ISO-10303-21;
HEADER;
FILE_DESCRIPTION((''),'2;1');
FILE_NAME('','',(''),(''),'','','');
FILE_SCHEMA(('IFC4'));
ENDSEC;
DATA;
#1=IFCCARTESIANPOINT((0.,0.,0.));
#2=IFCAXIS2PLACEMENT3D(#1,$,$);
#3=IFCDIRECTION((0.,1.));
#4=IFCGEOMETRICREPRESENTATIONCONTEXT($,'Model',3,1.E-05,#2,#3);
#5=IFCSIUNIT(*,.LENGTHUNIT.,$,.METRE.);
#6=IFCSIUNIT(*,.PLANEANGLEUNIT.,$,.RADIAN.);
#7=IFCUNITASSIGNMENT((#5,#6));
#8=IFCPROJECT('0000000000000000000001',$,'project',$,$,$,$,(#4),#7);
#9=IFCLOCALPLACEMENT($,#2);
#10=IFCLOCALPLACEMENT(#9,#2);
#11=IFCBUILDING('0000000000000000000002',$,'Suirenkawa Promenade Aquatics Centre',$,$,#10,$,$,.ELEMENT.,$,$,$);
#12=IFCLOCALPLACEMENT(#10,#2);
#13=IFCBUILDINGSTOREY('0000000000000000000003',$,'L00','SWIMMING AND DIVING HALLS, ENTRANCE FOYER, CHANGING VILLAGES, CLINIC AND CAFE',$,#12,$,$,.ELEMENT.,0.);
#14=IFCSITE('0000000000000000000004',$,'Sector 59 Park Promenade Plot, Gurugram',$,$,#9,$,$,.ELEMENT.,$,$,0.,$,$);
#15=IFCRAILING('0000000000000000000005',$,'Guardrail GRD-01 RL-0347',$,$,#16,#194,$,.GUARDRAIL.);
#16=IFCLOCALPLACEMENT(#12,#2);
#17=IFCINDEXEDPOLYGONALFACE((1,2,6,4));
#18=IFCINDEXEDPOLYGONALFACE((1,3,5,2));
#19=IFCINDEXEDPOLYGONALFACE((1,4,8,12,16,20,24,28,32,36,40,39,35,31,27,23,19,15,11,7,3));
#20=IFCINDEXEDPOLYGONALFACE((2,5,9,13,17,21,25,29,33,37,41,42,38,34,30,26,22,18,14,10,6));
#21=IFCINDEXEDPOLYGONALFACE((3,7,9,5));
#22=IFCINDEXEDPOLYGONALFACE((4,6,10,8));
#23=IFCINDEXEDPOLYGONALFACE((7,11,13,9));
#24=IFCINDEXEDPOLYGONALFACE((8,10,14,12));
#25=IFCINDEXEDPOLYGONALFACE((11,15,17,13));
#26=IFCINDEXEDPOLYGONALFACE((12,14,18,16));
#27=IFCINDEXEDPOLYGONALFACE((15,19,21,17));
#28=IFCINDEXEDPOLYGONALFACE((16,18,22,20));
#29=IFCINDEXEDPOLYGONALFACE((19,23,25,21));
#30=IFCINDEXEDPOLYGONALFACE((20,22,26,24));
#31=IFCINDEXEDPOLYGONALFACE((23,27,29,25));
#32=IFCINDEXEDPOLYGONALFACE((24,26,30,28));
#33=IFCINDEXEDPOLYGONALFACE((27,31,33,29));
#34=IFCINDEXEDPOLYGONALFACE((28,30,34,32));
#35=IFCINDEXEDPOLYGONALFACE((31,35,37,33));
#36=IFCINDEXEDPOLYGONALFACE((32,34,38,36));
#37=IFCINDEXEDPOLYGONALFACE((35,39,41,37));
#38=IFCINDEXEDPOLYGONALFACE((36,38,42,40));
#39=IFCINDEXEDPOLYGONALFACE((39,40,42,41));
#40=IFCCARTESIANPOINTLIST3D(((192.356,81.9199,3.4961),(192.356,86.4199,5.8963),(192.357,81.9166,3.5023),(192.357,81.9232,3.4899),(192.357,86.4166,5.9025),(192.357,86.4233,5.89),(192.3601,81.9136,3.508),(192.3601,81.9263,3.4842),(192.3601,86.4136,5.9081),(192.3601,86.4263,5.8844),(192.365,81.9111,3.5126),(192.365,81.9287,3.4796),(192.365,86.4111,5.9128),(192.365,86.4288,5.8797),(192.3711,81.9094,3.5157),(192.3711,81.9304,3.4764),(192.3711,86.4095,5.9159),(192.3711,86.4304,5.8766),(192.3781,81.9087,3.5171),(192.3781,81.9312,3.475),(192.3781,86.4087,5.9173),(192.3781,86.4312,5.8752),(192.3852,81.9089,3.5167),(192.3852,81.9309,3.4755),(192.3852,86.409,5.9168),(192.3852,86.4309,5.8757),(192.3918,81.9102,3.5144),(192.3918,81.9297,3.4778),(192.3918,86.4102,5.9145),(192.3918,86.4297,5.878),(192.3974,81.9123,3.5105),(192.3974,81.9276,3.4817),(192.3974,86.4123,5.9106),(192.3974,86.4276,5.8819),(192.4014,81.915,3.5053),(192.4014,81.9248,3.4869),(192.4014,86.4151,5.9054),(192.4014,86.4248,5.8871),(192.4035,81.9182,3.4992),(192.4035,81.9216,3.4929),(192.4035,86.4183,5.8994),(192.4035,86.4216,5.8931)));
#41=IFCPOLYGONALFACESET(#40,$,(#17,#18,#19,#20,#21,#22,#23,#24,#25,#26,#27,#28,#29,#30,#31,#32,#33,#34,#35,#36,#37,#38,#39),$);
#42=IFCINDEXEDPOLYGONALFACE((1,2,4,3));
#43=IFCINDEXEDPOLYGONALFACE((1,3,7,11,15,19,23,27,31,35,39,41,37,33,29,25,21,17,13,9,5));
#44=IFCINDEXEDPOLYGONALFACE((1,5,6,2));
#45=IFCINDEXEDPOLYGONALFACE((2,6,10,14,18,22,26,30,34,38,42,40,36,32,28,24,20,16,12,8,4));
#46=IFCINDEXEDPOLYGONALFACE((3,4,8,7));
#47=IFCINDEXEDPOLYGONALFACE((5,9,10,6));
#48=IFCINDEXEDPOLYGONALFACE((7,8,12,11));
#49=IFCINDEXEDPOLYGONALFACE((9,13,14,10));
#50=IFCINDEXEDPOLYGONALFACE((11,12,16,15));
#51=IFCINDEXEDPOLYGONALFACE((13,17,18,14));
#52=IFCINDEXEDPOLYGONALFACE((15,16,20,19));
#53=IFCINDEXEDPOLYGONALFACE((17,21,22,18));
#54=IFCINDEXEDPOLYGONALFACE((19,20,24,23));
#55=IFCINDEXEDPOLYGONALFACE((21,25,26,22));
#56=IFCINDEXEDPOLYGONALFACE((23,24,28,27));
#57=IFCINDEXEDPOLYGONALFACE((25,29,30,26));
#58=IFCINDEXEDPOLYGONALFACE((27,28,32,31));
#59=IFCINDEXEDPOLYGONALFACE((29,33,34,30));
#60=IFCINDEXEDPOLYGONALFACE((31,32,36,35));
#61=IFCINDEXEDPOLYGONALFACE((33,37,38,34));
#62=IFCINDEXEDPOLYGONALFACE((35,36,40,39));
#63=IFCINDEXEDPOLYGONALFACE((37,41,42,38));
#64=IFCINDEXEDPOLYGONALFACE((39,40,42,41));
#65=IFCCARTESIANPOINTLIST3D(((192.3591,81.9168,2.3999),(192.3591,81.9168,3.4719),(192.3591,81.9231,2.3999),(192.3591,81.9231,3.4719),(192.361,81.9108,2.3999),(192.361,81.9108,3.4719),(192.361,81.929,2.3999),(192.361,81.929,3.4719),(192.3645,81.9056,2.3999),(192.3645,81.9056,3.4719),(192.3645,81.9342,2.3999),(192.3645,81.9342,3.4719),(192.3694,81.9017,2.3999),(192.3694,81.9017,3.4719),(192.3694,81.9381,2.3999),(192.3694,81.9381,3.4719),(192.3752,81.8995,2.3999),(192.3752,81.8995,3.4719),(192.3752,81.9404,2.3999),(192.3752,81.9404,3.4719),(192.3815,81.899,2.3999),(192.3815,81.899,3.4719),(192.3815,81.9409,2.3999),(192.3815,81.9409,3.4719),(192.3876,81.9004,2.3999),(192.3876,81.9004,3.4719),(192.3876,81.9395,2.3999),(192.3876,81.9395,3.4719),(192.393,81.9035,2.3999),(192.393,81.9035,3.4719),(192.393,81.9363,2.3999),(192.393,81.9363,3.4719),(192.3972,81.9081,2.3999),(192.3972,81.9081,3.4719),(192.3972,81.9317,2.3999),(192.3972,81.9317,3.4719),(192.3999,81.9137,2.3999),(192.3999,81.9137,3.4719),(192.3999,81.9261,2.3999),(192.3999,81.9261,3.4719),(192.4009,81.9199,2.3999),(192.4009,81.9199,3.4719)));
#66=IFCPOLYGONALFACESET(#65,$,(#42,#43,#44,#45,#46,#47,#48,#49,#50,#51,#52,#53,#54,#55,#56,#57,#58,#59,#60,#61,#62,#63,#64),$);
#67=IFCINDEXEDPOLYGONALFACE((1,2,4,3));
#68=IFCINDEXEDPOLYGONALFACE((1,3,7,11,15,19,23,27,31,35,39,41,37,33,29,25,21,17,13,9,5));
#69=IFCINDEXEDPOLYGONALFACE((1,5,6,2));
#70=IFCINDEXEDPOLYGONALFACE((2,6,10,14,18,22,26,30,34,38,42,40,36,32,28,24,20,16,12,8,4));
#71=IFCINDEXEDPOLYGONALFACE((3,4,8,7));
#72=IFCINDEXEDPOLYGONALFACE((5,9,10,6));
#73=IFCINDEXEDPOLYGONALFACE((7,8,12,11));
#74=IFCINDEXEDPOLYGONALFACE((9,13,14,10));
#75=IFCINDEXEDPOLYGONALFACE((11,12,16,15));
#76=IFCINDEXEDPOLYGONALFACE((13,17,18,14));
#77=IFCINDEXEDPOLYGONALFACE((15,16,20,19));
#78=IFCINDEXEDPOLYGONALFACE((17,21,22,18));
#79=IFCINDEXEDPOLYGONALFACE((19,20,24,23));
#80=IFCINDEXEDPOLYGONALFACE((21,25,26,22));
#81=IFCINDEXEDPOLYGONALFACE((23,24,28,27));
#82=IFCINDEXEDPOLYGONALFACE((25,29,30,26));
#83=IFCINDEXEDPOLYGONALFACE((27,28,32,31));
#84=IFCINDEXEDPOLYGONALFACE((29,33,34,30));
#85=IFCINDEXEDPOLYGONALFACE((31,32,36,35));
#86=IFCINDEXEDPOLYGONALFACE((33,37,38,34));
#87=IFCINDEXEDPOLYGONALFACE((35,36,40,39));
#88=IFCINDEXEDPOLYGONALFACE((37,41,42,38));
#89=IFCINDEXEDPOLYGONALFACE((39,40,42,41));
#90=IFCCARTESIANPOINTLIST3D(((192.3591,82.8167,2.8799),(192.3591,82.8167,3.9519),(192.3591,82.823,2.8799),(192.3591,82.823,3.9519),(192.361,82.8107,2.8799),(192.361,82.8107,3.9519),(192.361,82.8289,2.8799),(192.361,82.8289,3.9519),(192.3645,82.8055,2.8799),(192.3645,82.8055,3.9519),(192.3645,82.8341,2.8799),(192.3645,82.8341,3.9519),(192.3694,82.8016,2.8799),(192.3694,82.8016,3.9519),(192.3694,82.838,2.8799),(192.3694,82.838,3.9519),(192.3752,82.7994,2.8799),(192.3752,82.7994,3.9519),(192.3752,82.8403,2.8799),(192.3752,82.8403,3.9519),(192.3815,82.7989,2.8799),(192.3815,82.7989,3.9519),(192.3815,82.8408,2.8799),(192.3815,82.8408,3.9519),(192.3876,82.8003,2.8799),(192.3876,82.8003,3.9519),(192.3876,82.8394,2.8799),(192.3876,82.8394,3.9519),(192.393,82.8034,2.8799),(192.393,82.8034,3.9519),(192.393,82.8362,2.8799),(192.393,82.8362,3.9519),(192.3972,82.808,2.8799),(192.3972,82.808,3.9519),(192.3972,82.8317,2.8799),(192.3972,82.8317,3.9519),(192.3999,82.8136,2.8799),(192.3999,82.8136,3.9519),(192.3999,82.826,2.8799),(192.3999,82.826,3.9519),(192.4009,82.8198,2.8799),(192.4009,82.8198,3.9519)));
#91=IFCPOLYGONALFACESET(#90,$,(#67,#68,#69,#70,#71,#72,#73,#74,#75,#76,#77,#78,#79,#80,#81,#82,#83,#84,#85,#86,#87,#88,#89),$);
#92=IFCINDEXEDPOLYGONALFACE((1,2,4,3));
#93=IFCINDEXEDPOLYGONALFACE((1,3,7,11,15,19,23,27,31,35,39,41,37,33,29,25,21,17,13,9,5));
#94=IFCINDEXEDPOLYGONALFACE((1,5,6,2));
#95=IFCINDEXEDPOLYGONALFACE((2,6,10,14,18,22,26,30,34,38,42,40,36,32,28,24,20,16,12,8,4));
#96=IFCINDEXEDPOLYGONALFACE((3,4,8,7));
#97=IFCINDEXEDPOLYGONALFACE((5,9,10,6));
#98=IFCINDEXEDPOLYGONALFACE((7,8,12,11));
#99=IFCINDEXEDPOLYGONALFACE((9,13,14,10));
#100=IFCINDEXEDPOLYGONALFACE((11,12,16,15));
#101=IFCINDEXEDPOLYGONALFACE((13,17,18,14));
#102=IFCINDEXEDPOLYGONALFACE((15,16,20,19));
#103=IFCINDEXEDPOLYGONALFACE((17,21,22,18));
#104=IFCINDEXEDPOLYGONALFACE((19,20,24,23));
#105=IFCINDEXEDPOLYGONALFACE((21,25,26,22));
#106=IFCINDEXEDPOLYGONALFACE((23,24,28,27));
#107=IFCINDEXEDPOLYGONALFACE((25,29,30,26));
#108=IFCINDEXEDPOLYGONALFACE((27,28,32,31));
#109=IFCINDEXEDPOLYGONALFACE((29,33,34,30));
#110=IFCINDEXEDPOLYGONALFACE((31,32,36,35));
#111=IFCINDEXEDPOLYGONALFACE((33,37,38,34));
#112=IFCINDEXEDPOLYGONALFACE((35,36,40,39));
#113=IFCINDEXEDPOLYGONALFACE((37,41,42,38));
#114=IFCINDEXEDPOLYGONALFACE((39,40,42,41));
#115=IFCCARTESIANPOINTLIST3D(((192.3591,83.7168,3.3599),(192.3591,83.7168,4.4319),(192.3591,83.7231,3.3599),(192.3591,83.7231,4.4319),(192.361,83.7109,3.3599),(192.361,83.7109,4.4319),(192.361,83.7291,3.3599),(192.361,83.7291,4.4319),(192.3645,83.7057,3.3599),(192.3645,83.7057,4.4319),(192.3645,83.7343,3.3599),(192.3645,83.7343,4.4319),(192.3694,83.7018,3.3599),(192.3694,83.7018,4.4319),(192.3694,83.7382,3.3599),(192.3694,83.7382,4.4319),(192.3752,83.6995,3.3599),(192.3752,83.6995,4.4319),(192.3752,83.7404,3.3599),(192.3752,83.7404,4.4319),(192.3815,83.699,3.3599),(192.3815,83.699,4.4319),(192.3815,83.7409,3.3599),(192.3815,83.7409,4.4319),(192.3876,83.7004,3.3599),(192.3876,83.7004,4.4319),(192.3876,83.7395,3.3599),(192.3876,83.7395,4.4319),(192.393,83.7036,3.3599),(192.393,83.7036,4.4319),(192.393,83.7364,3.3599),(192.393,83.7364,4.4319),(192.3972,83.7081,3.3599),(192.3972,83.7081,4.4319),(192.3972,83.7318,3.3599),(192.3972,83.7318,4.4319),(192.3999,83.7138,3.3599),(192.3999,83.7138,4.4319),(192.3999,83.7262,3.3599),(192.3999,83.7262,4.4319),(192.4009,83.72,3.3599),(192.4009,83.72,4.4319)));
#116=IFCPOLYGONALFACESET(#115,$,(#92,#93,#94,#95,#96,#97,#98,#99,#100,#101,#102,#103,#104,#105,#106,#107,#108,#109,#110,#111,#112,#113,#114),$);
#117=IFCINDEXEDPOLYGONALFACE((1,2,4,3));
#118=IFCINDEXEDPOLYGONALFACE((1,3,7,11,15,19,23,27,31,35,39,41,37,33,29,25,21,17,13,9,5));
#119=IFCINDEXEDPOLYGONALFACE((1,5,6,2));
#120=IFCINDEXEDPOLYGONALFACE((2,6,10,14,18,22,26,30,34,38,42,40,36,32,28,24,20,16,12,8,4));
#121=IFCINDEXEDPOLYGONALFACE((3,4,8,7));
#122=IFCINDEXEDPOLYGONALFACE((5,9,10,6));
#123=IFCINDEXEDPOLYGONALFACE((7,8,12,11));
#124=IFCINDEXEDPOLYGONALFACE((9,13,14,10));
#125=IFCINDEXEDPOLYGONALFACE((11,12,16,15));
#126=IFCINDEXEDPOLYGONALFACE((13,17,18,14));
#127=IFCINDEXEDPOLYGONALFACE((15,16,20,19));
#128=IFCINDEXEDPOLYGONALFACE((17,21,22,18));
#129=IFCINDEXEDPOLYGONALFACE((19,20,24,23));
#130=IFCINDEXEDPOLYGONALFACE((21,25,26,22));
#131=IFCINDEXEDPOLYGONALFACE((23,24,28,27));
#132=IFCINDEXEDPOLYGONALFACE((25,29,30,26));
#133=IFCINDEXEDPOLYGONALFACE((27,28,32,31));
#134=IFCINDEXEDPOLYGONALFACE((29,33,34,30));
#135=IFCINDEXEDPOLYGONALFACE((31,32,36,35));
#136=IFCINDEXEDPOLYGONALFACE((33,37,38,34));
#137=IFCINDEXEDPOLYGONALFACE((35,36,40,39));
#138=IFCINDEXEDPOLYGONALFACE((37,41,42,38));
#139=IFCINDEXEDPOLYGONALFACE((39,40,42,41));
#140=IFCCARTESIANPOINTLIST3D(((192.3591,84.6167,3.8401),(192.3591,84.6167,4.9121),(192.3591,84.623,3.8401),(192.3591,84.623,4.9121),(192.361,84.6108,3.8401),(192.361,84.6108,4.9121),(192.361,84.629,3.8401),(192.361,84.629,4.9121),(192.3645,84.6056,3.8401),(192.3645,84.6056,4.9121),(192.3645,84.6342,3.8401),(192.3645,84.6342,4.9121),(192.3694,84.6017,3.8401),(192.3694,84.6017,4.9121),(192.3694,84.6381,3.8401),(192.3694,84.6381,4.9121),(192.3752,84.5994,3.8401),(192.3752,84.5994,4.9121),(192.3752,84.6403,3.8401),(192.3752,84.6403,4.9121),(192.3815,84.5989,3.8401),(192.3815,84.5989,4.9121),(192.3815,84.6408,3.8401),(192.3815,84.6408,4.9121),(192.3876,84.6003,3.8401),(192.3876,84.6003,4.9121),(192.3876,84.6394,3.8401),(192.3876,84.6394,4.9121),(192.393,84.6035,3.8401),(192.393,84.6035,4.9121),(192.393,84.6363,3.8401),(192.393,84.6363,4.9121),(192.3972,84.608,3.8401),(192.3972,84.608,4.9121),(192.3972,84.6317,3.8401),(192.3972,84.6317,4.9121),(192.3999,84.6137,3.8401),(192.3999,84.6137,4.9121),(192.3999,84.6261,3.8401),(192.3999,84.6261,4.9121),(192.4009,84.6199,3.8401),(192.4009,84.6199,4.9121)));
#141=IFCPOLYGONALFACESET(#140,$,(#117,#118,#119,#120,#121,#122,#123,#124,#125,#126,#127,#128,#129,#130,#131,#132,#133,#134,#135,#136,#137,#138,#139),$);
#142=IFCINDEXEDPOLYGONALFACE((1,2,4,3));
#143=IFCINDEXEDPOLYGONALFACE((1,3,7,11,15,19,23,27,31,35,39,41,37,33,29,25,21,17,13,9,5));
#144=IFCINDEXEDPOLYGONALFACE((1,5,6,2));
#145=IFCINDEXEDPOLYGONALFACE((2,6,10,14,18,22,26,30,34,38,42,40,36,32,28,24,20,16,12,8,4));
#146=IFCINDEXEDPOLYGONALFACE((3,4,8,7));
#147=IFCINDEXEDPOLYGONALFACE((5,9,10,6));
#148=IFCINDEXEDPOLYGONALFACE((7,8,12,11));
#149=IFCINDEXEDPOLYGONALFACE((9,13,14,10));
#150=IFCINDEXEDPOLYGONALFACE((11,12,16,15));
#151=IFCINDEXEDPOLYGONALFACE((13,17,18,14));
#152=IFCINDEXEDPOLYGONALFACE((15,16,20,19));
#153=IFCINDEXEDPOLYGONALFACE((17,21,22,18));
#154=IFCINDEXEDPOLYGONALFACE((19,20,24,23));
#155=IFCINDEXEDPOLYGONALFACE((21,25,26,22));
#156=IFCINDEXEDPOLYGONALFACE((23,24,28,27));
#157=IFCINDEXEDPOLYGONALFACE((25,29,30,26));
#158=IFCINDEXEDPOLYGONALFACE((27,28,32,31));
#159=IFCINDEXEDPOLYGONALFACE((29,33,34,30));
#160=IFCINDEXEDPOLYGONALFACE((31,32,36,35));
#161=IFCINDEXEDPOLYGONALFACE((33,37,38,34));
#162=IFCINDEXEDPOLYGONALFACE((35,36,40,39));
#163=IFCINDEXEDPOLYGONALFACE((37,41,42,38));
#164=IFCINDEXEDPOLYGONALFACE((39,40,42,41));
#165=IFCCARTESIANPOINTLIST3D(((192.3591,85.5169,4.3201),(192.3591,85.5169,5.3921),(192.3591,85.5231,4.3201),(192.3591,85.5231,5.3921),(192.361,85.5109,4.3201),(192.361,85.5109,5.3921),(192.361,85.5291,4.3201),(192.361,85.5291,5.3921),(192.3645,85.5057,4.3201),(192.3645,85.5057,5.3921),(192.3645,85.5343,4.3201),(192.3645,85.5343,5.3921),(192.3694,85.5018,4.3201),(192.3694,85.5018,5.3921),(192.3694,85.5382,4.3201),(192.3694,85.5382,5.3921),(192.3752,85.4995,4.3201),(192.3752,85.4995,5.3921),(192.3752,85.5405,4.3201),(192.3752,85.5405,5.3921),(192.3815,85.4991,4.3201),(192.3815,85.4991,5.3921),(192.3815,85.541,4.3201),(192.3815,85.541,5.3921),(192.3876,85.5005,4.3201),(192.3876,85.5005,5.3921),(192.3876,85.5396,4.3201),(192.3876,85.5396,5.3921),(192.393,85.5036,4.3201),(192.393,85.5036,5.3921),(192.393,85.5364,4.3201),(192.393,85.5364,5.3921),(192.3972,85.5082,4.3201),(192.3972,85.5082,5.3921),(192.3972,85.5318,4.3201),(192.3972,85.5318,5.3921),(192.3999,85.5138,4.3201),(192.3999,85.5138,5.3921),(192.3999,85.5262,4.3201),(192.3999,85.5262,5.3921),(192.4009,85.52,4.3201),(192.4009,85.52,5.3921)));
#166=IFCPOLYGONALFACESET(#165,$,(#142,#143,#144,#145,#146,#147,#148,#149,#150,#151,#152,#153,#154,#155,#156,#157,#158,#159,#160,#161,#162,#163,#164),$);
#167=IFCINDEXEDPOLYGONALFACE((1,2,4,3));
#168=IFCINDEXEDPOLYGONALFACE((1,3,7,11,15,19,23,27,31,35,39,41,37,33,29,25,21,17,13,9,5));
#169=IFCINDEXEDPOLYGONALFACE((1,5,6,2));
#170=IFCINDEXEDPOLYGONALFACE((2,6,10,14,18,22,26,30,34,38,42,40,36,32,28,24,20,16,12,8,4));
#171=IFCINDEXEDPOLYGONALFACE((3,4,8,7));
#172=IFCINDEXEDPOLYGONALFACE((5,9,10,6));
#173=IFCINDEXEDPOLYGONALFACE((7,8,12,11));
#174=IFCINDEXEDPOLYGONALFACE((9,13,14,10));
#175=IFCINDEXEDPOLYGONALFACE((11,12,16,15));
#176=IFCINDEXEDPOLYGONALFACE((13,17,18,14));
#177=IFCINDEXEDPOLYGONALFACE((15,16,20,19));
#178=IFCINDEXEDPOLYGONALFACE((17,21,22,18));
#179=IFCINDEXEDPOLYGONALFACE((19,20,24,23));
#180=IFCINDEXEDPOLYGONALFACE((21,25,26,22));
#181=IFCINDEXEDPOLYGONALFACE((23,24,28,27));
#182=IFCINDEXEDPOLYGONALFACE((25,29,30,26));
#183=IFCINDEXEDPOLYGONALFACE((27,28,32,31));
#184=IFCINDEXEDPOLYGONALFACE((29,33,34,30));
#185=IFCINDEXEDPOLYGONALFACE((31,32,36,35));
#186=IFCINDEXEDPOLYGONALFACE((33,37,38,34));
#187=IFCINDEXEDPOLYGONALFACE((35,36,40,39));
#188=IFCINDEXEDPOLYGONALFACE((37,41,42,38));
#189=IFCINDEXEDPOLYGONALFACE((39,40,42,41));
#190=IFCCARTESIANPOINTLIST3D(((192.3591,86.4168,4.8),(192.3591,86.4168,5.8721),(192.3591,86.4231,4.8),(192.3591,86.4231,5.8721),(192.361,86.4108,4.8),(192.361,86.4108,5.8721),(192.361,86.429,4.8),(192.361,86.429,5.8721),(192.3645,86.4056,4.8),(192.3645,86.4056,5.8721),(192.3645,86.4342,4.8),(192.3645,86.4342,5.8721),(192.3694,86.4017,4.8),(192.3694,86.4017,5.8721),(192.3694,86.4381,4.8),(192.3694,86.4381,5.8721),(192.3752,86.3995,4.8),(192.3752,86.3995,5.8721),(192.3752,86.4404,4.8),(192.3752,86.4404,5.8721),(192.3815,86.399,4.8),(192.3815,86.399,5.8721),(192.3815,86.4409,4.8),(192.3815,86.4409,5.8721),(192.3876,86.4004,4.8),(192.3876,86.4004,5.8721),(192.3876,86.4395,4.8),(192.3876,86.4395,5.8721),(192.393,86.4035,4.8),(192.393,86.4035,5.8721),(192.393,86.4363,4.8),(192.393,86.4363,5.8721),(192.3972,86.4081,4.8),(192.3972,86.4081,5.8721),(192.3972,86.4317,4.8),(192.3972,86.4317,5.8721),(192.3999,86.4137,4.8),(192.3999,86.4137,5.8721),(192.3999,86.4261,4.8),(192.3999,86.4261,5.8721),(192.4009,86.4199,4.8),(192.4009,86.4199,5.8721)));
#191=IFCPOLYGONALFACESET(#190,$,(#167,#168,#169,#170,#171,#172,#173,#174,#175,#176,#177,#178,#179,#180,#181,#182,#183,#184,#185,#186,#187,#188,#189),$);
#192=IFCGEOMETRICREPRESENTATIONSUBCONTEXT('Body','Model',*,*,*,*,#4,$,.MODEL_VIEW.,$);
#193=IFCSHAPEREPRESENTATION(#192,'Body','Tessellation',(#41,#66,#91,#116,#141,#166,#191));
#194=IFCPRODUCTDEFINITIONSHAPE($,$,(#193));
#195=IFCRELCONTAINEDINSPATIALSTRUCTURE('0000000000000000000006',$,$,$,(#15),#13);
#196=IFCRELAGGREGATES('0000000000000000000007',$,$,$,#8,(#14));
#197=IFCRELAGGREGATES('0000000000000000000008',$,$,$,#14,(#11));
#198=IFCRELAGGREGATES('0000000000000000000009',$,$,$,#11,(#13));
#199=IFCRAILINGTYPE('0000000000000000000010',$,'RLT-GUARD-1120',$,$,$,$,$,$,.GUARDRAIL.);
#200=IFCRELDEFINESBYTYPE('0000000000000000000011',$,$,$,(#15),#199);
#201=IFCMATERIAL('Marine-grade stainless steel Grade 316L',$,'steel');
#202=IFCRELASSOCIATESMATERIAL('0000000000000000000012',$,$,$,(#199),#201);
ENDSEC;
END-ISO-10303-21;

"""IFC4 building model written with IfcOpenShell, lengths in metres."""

from ifc_helpers import new_model, si_unit, direction, frame, origin, origin_2d, place, context, subcontext, project, spatial, circle, extrude, material, type_object, element, save


model = new_model("IFC4")

# Units and contexts
model_context = context("Model", 3, precision=1e-05, world=origin(), true_north=direction((0.0, 1.0)))
body_context = subcontext(model_context, "Body", "Model", "MODEL_VIEW")
ifc_project = project(units=[si_unit("LENGTHUNIT", "METRE"), si_unit("PLANEANGLEUNIT", "RADIAN")], contexts=[model_context])

# Site, building, storey
site_placement = place(None, origin())
site = spatial("IfcSite", under=ifc_project, at=site_placement, Name="Sector 59 Park Promenade Plot, Gurugram", CompositionType="ELEMENT", RefElevation=0.0)
building_placement = place(site_placement, origin())
building = spatial("IfcBuilding", under=site, at=building_placement, Name="Suirenkawa Promenade Aquatics Centre", CompositionType="ELEMENT")
storey_placement = place(building_placement, origin())
storey = spatial("IfcBuildingStorey", under=building, at=storey_placement, Name="L00", Description="SWIMMING AND DIVING HALLS, ENTRANCE FOYER, CHANGING VILLAGES, CLINIC AND CAFE", CompositionType="ELEMENT", Elevation=0.0)

# Railing
ifc_material_1 = material(Name="Marine-grade stainless steel Grade 316L", Category="steel")
railing_type = type_object("IfcRailingType", Name="RLT-GUARD-1120", PredefinedType="GUARDRAIL", material=ifc_material_1)
railing_placement = place(storey_placement, frame((192.3799, 81.9199, 2.3999)))
element("IfcRailing", 1, at=railing_placement, inside=storey, type_object=railing_type, Name="Guardrail GRD-01 RL-0347", PredefinedType="GUARDRAIL", context=body_context, shape_type="SweptSolid", body=[
    extrude(circle(Radius=0.0239, at=origin_2d()), frame((0.0, 0.0, 1.0962), z_axis=(0.0, 0.882341, 0.470611), x_axis=(-1.0, 0.0, 0.0)), (0.0, 0.0, 1.0), 5.1001),
    extrude(circle(Radius=0.021, at=origin_2d()), origin(), (0.0, 0.0, 1.0), 1.072),
    extrude(circle(Radius=0.021, at=origin_2d()), frame((0.0, 0.8999, 0.48)), (0.0, 0.0, 1.0), 1.072),
    extrude(circle(Radius=0.021, at=origin_2d()), frame((0.0, 1.8, 0.96)), (0.0, 0.0, 1.0), 1.072),
    extrude(circle(Radius=0.021, at=origin_2d()), frame((0.0, 2.7, 1.4402)), (0.0, 0.0, 1.0), 1.072),
    extrude(circle(Radius=0.021, at=origin_2d()), frame((0.0, 3.6001, 1.9202)), (0.0, 0.0, 1.0), 1.072),
    extrude(circle(Radius=0.021, at=origin_2d()), frame((0.0, 4.5, 2.4001)), (0.0, 0.0, 1.0), 1.072),
])

save(model, "model.ifc")
